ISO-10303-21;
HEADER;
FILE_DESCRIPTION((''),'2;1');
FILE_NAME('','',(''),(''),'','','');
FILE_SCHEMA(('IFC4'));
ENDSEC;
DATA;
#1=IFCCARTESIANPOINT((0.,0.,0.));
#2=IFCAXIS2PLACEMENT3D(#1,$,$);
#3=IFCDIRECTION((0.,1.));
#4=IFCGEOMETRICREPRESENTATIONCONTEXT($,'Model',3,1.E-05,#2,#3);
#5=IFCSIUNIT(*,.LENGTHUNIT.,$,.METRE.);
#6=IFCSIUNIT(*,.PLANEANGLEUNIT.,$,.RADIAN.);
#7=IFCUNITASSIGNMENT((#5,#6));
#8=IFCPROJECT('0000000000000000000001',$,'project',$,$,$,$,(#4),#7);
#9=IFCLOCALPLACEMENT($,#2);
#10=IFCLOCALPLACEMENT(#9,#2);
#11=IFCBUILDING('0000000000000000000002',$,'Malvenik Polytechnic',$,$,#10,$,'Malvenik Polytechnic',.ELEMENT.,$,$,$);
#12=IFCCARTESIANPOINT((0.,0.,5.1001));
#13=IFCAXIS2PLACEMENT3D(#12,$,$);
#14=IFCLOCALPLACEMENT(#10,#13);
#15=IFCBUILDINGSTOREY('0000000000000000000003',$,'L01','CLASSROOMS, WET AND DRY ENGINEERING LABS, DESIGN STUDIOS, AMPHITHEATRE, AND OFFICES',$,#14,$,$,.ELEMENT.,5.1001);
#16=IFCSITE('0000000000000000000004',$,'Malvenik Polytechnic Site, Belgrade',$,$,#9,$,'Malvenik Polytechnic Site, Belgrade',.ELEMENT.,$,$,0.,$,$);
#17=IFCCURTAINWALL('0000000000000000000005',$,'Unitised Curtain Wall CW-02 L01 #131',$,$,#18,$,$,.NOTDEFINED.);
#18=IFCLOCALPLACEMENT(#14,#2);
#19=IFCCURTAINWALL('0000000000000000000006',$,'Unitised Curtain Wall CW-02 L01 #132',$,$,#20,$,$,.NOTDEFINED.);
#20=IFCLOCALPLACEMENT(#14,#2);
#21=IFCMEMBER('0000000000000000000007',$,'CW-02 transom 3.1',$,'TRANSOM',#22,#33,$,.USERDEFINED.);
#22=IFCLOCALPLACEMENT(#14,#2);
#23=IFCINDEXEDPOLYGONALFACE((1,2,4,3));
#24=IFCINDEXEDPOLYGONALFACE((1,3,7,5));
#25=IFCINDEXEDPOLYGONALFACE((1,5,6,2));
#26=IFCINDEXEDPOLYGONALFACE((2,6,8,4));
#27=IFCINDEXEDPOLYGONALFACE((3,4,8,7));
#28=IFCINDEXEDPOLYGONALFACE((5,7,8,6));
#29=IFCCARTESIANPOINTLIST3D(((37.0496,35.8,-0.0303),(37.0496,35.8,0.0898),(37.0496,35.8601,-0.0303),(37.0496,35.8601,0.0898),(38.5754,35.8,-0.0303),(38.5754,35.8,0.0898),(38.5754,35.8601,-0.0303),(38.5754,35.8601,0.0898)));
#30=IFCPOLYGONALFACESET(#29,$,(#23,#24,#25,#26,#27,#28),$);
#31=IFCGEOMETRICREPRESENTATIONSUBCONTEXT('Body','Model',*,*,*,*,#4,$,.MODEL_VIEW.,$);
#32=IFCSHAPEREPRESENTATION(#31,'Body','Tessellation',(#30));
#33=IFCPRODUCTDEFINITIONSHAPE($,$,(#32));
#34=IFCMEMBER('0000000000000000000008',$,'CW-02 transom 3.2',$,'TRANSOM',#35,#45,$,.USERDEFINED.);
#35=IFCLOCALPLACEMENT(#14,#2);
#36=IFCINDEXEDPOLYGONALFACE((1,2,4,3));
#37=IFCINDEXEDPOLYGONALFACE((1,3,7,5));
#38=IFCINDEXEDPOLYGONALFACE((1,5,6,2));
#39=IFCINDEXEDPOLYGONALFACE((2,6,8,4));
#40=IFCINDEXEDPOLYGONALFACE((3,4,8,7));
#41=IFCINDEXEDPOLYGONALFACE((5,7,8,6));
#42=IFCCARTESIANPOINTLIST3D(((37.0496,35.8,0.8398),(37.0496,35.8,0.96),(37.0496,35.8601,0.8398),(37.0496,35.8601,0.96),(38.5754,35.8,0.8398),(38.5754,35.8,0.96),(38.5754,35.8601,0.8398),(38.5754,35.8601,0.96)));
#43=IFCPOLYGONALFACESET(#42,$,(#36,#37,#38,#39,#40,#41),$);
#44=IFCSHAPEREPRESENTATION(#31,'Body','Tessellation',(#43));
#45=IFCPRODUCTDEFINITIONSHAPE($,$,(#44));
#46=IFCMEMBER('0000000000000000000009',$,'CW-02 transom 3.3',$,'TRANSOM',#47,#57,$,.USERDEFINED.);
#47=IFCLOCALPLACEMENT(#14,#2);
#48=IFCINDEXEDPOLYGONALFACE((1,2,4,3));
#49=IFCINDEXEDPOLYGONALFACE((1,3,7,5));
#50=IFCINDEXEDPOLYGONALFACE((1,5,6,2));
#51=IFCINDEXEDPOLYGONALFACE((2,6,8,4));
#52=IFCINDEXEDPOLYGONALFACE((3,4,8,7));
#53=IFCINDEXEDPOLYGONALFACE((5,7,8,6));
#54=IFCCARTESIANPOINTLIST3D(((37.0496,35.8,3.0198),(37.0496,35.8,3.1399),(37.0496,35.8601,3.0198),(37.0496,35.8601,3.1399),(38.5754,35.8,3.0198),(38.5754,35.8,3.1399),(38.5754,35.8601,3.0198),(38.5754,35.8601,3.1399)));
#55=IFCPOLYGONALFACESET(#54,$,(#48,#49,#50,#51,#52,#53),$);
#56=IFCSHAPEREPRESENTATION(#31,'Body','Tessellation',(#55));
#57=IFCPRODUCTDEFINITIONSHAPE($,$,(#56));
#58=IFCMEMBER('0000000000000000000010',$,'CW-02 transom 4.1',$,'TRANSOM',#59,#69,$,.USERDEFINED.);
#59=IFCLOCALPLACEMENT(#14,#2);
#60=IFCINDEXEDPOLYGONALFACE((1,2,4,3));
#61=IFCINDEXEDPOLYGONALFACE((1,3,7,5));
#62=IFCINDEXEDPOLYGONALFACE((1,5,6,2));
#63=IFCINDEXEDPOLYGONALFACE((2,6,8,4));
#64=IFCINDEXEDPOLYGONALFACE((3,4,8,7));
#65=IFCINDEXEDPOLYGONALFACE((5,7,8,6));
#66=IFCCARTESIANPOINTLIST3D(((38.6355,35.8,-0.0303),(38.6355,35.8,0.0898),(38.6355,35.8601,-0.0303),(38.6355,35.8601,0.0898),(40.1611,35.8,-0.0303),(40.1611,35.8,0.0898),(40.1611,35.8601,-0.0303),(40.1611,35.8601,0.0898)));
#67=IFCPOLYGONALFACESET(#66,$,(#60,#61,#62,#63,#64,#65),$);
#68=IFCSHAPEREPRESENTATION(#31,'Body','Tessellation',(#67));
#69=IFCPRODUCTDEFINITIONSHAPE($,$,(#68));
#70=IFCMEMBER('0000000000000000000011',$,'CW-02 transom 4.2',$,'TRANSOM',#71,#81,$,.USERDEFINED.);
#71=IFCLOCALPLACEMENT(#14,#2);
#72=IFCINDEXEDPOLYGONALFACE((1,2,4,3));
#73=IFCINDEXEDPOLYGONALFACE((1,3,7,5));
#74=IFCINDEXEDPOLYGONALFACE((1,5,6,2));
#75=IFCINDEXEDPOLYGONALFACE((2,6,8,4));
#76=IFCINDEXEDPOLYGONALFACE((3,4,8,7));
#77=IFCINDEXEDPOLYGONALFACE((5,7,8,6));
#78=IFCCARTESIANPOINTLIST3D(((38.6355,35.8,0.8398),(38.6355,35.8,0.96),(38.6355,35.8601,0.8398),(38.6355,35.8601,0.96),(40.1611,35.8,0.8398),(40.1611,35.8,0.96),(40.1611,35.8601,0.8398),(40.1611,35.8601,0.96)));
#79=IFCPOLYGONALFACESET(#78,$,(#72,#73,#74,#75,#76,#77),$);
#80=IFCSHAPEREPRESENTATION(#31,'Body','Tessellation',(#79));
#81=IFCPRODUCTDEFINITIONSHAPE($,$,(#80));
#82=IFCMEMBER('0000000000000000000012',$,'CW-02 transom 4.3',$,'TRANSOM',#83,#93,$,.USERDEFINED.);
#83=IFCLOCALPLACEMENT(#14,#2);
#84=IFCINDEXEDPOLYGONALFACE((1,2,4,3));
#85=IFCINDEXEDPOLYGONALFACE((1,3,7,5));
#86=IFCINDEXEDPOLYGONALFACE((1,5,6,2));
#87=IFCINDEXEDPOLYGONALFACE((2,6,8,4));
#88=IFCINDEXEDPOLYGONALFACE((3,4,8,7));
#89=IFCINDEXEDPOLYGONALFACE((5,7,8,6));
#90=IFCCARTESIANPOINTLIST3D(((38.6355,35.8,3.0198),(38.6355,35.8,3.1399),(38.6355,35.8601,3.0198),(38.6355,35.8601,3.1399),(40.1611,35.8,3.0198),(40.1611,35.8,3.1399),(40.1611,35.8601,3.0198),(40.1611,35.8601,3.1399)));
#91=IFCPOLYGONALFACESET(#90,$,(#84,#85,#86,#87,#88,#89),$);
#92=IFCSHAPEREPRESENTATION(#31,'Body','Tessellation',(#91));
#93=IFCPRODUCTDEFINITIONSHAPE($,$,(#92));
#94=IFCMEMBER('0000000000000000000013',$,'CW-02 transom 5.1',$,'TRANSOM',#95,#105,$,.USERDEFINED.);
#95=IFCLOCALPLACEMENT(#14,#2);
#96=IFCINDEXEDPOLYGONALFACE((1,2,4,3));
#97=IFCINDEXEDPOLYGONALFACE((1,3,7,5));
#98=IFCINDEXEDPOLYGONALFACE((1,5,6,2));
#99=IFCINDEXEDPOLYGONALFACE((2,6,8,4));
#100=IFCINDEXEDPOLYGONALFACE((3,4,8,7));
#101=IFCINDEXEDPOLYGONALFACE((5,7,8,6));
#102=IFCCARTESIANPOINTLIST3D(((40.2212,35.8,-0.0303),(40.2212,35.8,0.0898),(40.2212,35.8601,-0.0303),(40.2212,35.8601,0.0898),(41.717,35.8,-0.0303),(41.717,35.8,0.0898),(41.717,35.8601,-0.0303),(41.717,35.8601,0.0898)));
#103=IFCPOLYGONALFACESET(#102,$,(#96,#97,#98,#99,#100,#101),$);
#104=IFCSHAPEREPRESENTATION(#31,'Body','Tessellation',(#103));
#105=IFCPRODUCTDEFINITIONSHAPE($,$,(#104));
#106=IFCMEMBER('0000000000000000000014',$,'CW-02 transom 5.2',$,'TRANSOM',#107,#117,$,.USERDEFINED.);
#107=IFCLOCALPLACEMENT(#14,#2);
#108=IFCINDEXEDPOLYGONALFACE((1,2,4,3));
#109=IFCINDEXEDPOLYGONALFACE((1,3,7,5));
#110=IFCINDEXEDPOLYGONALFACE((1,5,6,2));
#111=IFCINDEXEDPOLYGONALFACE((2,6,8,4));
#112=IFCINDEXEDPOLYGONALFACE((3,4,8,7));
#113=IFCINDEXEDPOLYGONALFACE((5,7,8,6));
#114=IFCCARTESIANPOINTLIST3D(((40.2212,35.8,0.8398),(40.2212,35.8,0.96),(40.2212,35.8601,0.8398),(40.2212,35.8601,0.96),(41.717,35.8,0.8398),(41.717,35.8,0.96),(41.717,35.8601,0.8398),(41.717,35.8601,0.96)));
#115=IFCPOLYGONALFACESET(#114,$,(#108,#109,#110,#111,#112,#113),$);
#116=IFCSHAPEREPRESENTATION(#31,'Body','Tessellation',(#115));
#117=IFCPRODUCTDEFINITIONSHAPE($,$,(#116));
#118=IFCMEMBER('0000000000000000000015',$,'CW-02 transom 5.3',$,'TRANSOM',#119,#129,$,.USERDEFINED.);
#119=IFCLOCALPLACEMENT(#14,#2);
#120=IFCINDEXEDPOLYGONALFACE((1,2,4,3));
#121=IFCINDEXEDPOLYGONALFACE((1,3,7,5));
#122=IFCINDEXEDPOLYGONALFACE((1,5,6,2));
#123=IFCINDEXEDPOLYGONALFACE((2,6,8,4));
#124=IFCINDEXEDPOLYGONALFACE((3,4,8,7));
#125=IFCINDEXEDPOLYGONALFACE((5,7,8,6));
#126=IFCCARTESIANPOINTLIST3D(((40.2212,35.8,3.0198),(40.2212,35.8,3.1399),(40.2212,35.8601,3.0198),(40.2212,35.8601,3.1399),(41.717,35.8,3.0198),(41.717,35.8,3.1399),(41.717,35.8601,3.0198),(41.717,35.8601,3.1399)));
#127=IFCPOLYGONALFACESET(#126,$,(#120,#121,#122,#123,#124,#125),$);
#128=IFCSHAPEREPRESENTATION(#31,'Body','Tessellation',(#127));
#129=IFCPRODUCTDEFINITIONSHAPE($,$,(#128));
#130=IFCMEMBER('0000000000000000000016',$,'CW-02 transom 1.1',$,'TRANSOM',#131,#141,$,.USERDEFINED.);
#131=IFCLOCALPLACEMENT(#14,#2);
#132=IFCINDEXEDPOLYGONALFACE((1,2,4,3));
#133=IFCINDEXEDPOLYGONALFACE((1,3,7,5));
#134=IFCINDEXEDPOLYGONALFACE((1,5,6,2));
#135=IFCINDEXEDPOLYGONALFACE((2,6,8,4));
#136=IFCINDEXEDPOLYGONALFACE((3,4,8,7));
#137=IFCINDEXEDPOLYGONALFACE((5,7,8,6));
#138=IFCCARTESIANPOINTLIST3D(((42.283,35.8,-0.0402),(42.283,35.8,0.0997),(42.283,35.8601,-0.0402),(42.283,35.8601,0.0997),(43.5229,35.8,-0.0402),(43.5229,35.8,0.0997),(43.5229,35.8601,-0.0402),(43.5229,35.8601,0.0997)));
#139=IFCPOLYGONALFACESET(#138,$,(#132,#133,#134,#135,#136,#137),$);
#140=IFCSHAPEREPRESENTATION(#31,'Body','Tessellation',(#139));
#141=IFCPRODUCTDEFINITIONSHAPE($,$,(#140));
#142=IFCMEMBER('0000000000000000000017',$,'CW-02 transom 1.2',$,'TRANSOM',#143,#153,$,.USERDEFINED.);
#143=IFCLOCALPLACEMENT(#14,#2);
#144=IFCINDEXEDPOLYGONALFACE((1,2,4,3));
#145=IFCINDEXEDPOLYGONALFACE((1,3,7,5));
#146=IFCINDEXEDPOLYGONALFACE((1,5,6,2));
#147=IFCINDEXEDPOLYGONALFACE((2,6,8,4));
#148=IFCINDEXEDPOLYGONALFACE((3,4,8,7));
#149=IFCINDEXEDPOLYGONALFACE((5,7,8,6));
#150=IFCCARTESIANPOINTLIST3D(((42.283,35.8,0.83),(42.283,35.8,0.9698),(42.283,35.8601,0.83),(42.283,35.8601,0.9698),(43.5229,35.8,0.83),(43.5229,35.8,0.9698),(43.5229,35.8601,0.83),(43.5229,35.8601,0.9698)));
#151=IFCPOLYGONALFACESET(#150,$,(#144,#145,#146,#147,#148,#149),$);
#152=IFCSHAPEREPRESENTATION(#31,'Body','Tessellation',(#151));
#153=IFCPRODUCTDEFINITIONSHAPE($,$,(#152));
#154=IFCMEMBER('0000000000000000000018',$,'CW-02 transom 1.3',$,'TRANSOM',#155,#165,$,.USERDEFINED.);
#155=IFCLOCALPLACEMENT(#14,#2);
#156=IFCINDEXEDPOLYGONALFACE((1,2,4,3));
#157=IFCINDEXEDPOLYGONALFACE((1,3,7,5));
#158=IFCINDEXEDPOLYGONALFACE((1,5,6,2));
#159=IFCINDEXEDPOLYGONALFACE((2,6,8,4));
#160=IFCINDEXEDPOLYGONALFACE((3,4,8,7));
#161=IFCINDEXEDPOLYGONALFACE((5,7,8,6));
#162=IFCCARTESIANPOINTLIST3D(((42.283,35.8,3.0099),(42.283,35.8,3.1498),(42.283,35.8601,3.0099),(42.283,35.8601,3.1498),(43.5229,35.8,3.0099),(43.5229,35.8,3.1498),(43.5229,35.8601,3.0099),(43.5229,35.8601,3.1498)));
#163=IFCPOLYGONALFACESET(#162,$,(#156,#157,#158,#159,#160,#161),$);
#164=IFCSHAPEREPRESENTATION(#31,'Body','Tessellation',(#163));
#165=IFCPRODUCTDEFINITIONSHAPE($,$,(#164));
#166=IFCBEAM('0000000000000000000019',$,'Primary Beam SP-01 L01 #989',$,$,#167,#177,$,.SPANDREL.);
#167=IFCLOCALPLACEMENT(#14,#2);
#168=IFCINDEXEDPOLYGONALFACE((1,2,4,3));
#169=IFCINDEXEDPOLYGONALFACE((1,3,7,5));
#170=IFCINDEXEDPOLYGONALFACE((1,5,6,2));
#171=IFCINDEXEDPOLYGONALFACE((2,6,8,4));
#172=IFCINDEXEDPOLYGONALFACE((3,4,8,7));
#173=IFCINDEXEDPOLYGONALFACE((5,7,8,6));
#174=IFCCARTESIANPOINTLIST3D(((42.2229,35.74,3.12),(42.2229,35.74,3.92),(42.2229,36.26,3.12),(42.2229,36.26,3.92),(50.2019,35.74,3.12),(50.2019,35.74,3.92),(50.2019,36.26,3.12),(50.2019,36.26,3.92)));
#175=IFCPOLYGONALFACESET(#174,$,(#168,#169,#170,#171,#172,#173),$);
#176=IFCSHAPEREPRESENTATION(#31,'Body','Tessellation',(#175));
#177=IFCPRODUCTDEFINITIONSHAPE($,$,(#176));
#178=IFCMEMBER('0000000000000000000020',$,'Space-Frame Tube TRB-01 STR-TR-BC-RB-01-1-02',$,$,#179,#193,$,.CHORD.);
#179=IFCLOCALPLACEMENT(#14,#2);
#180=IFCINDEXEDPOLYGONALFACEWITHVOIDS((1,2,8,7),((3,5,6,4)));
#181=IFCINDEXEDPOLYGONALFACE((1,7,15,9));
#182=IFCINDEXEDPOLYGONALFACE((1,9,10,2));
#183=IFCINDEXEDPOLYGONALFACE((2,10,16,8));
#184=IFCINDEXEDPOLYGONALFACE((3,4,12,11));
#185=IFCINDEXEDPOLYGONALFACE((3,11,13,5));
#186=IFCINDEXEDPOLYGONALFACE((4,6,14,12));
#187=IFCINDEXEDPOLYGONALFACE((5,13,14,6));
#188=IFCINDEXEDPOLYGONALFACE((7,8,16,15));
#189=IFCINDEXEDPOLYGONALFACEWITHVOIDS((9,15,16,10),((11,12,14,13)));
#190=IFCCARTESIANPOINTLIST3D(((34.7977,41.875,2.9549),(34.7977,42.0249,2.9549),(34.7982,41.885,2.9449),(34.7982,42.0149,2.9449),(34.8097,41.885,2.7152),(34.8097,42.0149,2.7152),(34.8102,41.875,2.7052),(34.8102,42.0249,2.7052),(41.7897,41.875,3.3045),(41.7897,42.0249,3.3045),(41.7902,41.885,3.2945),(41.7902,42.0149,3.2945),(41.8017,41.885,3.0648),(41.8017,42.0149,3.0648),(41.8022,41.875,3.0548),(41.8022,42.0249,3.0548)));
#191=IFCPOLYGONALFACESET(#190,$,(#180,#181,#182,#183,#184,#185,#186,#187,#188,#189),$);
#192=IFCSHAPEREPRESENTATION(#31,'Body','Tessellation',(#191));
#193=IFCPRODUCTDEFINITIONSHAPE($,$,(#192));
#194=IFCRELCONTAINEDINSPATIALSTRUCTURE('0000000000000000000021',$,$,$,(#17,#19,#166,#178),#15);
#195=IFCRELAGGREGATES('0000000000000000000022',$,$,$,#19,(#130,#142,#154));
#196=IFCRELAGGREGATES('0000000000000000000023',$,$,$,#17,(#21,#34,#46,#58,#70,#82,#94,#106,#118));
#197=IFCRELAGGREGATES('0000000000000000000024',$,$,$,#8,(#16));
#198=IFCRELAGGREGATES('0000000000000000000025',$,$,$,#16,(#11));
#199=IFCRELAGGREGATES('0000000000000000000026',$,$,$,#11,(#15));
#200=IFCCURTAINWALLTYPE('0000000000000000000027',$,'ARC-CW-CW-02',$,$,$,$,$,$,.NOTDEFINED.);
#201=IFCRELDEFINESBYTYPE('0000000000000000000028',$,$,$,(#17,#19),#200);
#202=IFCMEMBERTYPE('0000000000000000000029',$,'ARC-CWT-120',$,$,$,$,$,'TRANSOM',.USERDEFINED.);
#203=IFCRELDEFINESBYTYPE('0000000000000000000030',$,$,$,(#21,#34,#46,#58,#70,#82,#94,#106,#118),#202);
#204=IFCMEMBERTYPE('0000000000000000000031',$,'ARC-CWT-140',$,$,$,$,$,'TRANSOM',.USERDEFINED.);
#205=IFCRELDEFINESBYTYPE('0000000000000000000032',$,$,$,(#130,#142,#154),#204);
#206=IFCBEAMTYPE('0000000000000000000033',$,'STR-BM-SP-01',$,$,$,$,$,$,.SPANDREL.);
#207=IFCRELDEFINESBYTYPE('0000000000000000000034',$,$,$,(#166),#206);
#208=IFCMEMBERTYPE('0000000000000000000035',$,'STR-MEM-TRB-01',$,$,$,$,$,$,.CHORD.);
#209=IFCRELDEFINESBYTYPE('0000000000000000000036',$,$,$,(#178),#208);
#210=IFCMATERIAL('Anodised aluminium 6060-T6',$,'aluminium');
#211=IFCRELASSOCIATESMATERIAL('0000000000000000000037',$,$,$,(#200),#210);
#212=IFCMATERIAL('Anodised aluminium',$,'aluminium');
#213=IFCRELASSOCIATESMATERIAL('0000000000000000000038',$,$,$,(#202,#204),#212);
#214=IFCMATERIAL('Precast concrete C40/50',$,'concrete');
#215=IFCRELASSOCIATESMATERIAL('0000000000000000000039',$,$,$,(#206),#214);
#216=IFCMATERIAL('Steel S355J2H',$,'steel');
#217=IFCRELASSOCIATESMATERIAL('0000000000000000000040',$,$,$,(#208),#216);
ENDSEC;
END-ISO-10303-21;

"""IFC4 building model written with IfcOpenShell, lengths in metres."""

from ifc_helpers import new_model, si_unit, direction, frame, origin, origin_2d, place, context, subcontext, project, spatial, rectangle, hollow_rectangle, extrude, material, material_profile, profile_set, type_object, element, aggregate, save


model = new_model("IFC4")

# Units and contexts
model_context = context("Model", 3, precision=1e-05, world=origin(), true_north=direction((0.0, 1.0)))
body_context = subcontext(model_context, "Body", "Model", "MODEL_VIEW")
ifc_project = project(units=[si_unit("LENGTHUNIT", "METRE"), si_unit("PLANEANGLEUNIT", "RADIAN")], contexts=[model_context])

# Site, building, storey
site_placement = place(None, origin())
site = spatial("IfcSite", under=ifc_project, at=site_placement, Name="Malvenik Polytechnic Site, Belgrade", LongName="Malvenik Polytechnic Site, Belgrade", CompositionType="ELEMENT", RefElevation=0.0)
building_placement = place(site_placement, origin())
building = spatial("IfcBuilding", under=site, at=building_placement, Name="Malvenik Polytechnic", LongName="Malvenik Polytechnic", CompositionType="ELEMENT")
storey_placement = place(building_placement, frame((0.0, 0.0, 5.1001)))
storey = spatial("IfcBuildingStorey", under=building, at=storey_placement, Name="L01", Description="CLASSROOMS, WET AND DRY ENGINEERING LABS, DESIGN STUDIOS, AMPHITHEATRE, AND OFFICES", CompositionType="ELEMENT", Elevation=5.1001)

# Curtain wall
ifc_material_1 = material(Name="Anodised aluminium 6060-T6", Category="aluminium")
curtain_wall_type = type_object("IfcCurtainWallType", Name="ARC-CW-CW-02", PredefinedType="NOTDEFINED", material=ifc_material_1)
curtain_wall_1_placement = place(storey_placement, origin())
curtain_wall_1 = element("IfcCurtainWall", 1, at=curtain_wall_1_placement, inside=storey, type_object=curtain_wall_type, Name="Unitised Curtain Wall CW-02 L01 #131", PredefinedType="NOTDEFINED")
ifc_material_2 = material(Name="Anodised aluminium", Category="aluminium")

# Curtain wall
curtain_wall_2_placement = place(storey_placement, origin())
curtain_wall_2 = element("IfcCurtainWall", 2, at=curtain_wall_2_placement, inside=storey, type_object=curtain_wall_type, Name="Unitised Curtain Wall CW-02 L01 #132", PredefinedType="NOTDEFINED")

# Members
ifc_material_profile_1 = material_profile(ifc_material_2, rectangle(XDim=0.0601, YDim=0.1201, at=origin_2d()), Name="ALU TRANSOM 60x120")
ifc_profile_set_1 = profile_set([ifc_material_profile_1], Name="Anodised aluminium")
member_type_1 = type_object("IfcMemberType", Name="ARC-CWT-120", ElementType="TRANSOM", PredefinedType="USERDEFINED", material=ifc_profile_set_1)
member_1_placement = place(storey_placement, frame((37.0496, 35.8301, 0.0298), z_axis=(1.0, 0.0, 0.0), x_axis=(0.0, 1.0, 0.0)))
member_1 = element("IfcMember", 3, at=member_1_placement, type_object=member_type_1, Name="CW-02 transom 3.1", ObjectType="TRANSOM", PredefinedType="USERDEFINED", context=body_context, shape_type="SweptSolid", body=[
    extrude(rectangle(XDim=0.0601, YDim=0.1201, at=origin_2d()), origin(), (0.0, 0.0, 1.0), 1.5259),
])
member_2_placement = place(storey_placement, frame((37.0496, 35.8301, 0.8999), z_axis=(1.0, 0.0, 0.0), x_axis=(0.0, 1.0, 0.0)))
member_2 = element("IfcMember", 4, at=member_2_placement, type_object=member_type_1, Name="CW-02 transom 3.2", ObjectType="TRANSOM", PredefinedType="USERDEFINED", context=body_context, shape_type="SweptSolid", body=[
    extrude(rectangle(XDim=0.0601, YDim=0.1201, at=origin_2d()), origin(), (0.0, 0.0, 1.0), 1.5259),
])
member_3_placement = place(storey_placement, frame((37.0496, 35.8301, 3.0798), z_axis=(1.0, 0.0, 0.0), x_axis=(0.0, 1.0, 0.0)))
member_3 = element("IfcMember", 5, at=member_3_placement, type_object=member_type_1, Name="CW-02 transom 3.3", ObjectType="TRANSOM", PredefinedType="USERDEFINED", context=body_context, shape_type="SweptSolid", body=[
    extrude(rectangle(XDim=0.0601, YDim=0.1201, at=origin_2d()), origin(), (0.0, 0.0, 1.0), 1.5259),
])
member_4_placement = place(storey_placement, frame((38.6355, 35.8301, 0.0298), z_axis=(1.0, 0.0, 0.0), x_axis=(0.0, 1.0, 0.0)))
member_4 = element("IfcMember", 6, at=member_4_placement, type_object=member_type_1, Name="CW-02 transom 4.1", ObjectType="TRANSOM", PredefinedType="USERDEFINED", context=body_context, shape_type="SweptSolid", body=[
    extrude(rectangle(XDim=0.0601, YDim=0.1201, at=origin_2d()), origin(), (0.0, 0.0, 1.0), 1.5256),
])
member_5_placement = place(storey_placement, frame((38.6355, 35.8301, 0.8999), z_axis=(1.0, 0.0, 0.0), x_axis=(0.0, 1.0, 0.0)))
member_5 = element("IfcMember", 7, at=member_5_placement, type_object=member_type_1, Name="CW-02 transom 4.2", ObjectType="TRANSOM", PredefinedType="USERDEFINED", context=body_context, shape_type="SweptSolid", body=[
    extrude(rectangle(XDim=0.0601, YDim=0.1201, at=origin_2d()), origin(), (0.0, 0.0, 1.0), 1.5256),
])
member_6_placement = place(storey_placement, frame((38.6355, 35.8301, 3.0798), z_axis=(1.0, 0.0, 0.0), x_axis=(0.0, 1.0, 0.0)))
member_6 = element("IfcMember", 8, at=member_6_placement, type_object=member_type_1, Name="CW-02 transom 4.3", ObjectType="TRANSOM", PredefinedType="USERDEFINED", context=body_context, shape_type="SweptSolid", body=[
    extrude(rectangle(XDim=0.0601, YDim=0.1201, at=origin_2d()), origin(), (0.0, 0.0, 1.0), 1.5256),
])
member_7_placement = place(storey_placement, frame((40.2212, 35.8301, 0.0298), z_axis=(1.0, 0.0, 0.0), x_axis=(0.0, 1.0, 0.0)))
member_7 = element("IfcMember", 9, at=member_7_placement, type_object=member_type_1, Name="CW-02 transom 5.1", ObjectType="TRANSOM", PredefinedType="USERDEFINED", context=body_context, shape_type="SweptSolid", body=[
    extrude(rectangle(XDim=0.0601, YDim=0.1201, at=origin_2d()), origin(), (0.0, 0.0, 1.0), 1.4958),
])
member_8_placement = place(storey_placement, frame((40.2212, 35.8301, 0.8999), z_axis=(1.0, 0.0, 0.0), x_axis=(0.0, 1.0, 0.0)))
member_8 = element("IfcMember", 10, at=member_8_placement, type_object=member_type_1, Name="CW-02 transom 5.2", ObjectType="TRANSOM", PredefinedType="USERDEFINED", context=body_context, shape_type="SweptSolid", body=[
    extrude(rectangle(XDim=0.0601, YDim=0.1201, at=origin_2d()), origin(), (0.0, 0.0, 1.0), 1.4958),
])
member_9_placement = place(storey_placement, frame((40.2212, 35.8301, 3.0798), z_axis=(1.0, 0.0, 0.0), x_axis=(0.0, 1.0, 0.0)))
member_9 = element("IfcMember", 11, at=member_9_placement, type_object=member_type_1, Name="CW-02 transom 5.3", ObjectType="TRANSOM", PredefinedType="USERDEFINED", context=body_context, shape_type="SweptSolid", body=[
    extrude(rectangle(XDim=0.0601, YDim=0.1201, at=origin_2d()), origin(), (0.0, 0.0, 1.0), 1.4958),
])
ifc_material_profile_2 = material_profile(ifc_material_2, rectangle(XDim=0.0601, YDim=0.1399, at=origin_2d()), Name="ALU TRANSOM 60x140")
ifc_profile_set_2 = profile_set([ifc_material_profile_2], Name="Anodised aluminium")
member_type_2 = type_object("IfcMemberType", Name="ARC-CWT-140", ElementType="TRANSOM", PredefinedType="USERDEFINED", material=ifc_profile_set_2)
member_10_placement = place(storey_placement, frame((42.283, 35.8301, 0.0298), z_axis=(1.0, 0.0, 0.0), x_axis=(0.0, 1.0, 0.0)))
member_10 = element("IfcMember", 12, at=member_10_placement, type_object=member_type_2, Name="CW-02 transom 1.1", ObjectType="TRANSOM", PredefinedType="USERDEFINED", context=body_context, shape_type="SweptSolid", body=[
    extrude(rectangle(XDim=0.0601, YDim=0.1399, at=origin_2d()), origin(), (0.0, 0.0, 1.0), 1.24),
])
member_11_placement = place(storey_placement, frame((42.283, 35.8301, 0.8999), z_axis=(1.0, 0.0, 0.0), x_axis=(0.0, 1.0, 0.0)))
member_11 = element("IfcMember", 13, at=member_11_placement, type_object=member_type_2, Name="CW-02 transom 1.2", ObjectType="TRANSOM", PredefinedType="USERDEFINED", context=body_context, shape_type="SweptSolid", body=[
    extrude(rectangle(XDim=0.0601, YDim=0.1399, at=origin_2d()), origin(), (0.0, 0.0, 1.0), 1.24),
])
member_12_placement = place(storey_placement, frame((42.283, 35.8301, 3.0798), z_axis=(1.0, 0.0, 0.0), x_axis=(0.0, 1.0, 0.0)))
member_12 = element("IfcMember", 14, at=member_12_placement, type_object=member_type_2, Name="CW-02 transom 1.3", ObjectType="TRANSOM", PredefinedType="USERDEFINED", context=body_context, shape_type="SweptSolid", body=[
    extrude(rectangle(XDim=0.0601, YDim=0.1399, at=origin_2d()), origin(), (0.0, 0.0, 1.0), 1.24),
])
aggregate(curtain_wall_2, [member_10, member_11, member_12])

# Beam
ifc_material_3 = material(Name="Precast concrete C40/50", Category="concrete")
ifc_material_profile_3 = material_profile(ifc_material_3, rectangle(XDim=0.52, YDim=0.8, at=origin_2d()), Name="PC SPN 520x800")
ifc_profile_set_3 = profile_set([ifc_material_profile_3], Name="Precast concrete C40/50")
beam_type = type_object("IfcBeamType", Name="STR-BM-SP-01", PredefinedType="SPANDREL", material=ifc_profile_set_3)
beam_placement = place(storey_placement, frame((42.2229, 36.0, 3.52), z_axis=(1.0, 0.0, 0.0), x_axis=(0.0, 1.0, 0.0)))
element("IfcBeam", 15, at=beam_placement, inside=storey, type_object=beam_type, Name="Primary Beam SP-01 L01 #989", PredefinedType="SPANDREL", context=body_context, shape_type="SweptSolid", body=[
    extrude(rectangle(XDim=0.52, YDim=0.8, at=origin_2d()), origin(), (0.0, 0.0, 1.0), 7.979),
])

# Member
ifc_material_4 = material(Name="Steel S355J2H", Category="steel")
ifc_material_profile_4 = material_profile(ifc_material_4, hollow_rectangle(XDim=0.1499, YDim=0.25, WallThickness=0.01, at=origin_2d()), Name="RHS 250x150x10.0")
ifc_profile_set_4 = profile_set([ifc_material_profile_4], Name="Steel S355J2H")
member_type_3 = type_object("IfcMemberType", Name="STR-MEM-TRB-01", PredefinedType="CHORD", material=ifc_profile_set_4)
member_13_placement = place(storey_placement, frame((34.804, 41.95, 2.8301), z_axis=(0.998752, 0.0, 0.049939), x_axis=(0.0, 1.0, 0.0)))
element("IfcMember", 16, at=member_13_placement, inside=storey, type_object=member_type_3, Name="Space-Frame Tube TRB-01 STR-TR-BC-RB-01-1-02", PredefinedType="CHORD", context=body_context, shape_type="SweptSolid", body=[
    extrude(hollow_rectangle(XDim=0.1499, YDim=0.25, WallThickness=0.01, at=origin_2d()), origin(), (0.0, 0.0, 1.0), 7.0007),
])

aggregate(curtain_wall_1, [member_1, member_2, member_3, member_4, member_5, member_6, member_7, member_8, member_9])

save(model, "model.ifc")
